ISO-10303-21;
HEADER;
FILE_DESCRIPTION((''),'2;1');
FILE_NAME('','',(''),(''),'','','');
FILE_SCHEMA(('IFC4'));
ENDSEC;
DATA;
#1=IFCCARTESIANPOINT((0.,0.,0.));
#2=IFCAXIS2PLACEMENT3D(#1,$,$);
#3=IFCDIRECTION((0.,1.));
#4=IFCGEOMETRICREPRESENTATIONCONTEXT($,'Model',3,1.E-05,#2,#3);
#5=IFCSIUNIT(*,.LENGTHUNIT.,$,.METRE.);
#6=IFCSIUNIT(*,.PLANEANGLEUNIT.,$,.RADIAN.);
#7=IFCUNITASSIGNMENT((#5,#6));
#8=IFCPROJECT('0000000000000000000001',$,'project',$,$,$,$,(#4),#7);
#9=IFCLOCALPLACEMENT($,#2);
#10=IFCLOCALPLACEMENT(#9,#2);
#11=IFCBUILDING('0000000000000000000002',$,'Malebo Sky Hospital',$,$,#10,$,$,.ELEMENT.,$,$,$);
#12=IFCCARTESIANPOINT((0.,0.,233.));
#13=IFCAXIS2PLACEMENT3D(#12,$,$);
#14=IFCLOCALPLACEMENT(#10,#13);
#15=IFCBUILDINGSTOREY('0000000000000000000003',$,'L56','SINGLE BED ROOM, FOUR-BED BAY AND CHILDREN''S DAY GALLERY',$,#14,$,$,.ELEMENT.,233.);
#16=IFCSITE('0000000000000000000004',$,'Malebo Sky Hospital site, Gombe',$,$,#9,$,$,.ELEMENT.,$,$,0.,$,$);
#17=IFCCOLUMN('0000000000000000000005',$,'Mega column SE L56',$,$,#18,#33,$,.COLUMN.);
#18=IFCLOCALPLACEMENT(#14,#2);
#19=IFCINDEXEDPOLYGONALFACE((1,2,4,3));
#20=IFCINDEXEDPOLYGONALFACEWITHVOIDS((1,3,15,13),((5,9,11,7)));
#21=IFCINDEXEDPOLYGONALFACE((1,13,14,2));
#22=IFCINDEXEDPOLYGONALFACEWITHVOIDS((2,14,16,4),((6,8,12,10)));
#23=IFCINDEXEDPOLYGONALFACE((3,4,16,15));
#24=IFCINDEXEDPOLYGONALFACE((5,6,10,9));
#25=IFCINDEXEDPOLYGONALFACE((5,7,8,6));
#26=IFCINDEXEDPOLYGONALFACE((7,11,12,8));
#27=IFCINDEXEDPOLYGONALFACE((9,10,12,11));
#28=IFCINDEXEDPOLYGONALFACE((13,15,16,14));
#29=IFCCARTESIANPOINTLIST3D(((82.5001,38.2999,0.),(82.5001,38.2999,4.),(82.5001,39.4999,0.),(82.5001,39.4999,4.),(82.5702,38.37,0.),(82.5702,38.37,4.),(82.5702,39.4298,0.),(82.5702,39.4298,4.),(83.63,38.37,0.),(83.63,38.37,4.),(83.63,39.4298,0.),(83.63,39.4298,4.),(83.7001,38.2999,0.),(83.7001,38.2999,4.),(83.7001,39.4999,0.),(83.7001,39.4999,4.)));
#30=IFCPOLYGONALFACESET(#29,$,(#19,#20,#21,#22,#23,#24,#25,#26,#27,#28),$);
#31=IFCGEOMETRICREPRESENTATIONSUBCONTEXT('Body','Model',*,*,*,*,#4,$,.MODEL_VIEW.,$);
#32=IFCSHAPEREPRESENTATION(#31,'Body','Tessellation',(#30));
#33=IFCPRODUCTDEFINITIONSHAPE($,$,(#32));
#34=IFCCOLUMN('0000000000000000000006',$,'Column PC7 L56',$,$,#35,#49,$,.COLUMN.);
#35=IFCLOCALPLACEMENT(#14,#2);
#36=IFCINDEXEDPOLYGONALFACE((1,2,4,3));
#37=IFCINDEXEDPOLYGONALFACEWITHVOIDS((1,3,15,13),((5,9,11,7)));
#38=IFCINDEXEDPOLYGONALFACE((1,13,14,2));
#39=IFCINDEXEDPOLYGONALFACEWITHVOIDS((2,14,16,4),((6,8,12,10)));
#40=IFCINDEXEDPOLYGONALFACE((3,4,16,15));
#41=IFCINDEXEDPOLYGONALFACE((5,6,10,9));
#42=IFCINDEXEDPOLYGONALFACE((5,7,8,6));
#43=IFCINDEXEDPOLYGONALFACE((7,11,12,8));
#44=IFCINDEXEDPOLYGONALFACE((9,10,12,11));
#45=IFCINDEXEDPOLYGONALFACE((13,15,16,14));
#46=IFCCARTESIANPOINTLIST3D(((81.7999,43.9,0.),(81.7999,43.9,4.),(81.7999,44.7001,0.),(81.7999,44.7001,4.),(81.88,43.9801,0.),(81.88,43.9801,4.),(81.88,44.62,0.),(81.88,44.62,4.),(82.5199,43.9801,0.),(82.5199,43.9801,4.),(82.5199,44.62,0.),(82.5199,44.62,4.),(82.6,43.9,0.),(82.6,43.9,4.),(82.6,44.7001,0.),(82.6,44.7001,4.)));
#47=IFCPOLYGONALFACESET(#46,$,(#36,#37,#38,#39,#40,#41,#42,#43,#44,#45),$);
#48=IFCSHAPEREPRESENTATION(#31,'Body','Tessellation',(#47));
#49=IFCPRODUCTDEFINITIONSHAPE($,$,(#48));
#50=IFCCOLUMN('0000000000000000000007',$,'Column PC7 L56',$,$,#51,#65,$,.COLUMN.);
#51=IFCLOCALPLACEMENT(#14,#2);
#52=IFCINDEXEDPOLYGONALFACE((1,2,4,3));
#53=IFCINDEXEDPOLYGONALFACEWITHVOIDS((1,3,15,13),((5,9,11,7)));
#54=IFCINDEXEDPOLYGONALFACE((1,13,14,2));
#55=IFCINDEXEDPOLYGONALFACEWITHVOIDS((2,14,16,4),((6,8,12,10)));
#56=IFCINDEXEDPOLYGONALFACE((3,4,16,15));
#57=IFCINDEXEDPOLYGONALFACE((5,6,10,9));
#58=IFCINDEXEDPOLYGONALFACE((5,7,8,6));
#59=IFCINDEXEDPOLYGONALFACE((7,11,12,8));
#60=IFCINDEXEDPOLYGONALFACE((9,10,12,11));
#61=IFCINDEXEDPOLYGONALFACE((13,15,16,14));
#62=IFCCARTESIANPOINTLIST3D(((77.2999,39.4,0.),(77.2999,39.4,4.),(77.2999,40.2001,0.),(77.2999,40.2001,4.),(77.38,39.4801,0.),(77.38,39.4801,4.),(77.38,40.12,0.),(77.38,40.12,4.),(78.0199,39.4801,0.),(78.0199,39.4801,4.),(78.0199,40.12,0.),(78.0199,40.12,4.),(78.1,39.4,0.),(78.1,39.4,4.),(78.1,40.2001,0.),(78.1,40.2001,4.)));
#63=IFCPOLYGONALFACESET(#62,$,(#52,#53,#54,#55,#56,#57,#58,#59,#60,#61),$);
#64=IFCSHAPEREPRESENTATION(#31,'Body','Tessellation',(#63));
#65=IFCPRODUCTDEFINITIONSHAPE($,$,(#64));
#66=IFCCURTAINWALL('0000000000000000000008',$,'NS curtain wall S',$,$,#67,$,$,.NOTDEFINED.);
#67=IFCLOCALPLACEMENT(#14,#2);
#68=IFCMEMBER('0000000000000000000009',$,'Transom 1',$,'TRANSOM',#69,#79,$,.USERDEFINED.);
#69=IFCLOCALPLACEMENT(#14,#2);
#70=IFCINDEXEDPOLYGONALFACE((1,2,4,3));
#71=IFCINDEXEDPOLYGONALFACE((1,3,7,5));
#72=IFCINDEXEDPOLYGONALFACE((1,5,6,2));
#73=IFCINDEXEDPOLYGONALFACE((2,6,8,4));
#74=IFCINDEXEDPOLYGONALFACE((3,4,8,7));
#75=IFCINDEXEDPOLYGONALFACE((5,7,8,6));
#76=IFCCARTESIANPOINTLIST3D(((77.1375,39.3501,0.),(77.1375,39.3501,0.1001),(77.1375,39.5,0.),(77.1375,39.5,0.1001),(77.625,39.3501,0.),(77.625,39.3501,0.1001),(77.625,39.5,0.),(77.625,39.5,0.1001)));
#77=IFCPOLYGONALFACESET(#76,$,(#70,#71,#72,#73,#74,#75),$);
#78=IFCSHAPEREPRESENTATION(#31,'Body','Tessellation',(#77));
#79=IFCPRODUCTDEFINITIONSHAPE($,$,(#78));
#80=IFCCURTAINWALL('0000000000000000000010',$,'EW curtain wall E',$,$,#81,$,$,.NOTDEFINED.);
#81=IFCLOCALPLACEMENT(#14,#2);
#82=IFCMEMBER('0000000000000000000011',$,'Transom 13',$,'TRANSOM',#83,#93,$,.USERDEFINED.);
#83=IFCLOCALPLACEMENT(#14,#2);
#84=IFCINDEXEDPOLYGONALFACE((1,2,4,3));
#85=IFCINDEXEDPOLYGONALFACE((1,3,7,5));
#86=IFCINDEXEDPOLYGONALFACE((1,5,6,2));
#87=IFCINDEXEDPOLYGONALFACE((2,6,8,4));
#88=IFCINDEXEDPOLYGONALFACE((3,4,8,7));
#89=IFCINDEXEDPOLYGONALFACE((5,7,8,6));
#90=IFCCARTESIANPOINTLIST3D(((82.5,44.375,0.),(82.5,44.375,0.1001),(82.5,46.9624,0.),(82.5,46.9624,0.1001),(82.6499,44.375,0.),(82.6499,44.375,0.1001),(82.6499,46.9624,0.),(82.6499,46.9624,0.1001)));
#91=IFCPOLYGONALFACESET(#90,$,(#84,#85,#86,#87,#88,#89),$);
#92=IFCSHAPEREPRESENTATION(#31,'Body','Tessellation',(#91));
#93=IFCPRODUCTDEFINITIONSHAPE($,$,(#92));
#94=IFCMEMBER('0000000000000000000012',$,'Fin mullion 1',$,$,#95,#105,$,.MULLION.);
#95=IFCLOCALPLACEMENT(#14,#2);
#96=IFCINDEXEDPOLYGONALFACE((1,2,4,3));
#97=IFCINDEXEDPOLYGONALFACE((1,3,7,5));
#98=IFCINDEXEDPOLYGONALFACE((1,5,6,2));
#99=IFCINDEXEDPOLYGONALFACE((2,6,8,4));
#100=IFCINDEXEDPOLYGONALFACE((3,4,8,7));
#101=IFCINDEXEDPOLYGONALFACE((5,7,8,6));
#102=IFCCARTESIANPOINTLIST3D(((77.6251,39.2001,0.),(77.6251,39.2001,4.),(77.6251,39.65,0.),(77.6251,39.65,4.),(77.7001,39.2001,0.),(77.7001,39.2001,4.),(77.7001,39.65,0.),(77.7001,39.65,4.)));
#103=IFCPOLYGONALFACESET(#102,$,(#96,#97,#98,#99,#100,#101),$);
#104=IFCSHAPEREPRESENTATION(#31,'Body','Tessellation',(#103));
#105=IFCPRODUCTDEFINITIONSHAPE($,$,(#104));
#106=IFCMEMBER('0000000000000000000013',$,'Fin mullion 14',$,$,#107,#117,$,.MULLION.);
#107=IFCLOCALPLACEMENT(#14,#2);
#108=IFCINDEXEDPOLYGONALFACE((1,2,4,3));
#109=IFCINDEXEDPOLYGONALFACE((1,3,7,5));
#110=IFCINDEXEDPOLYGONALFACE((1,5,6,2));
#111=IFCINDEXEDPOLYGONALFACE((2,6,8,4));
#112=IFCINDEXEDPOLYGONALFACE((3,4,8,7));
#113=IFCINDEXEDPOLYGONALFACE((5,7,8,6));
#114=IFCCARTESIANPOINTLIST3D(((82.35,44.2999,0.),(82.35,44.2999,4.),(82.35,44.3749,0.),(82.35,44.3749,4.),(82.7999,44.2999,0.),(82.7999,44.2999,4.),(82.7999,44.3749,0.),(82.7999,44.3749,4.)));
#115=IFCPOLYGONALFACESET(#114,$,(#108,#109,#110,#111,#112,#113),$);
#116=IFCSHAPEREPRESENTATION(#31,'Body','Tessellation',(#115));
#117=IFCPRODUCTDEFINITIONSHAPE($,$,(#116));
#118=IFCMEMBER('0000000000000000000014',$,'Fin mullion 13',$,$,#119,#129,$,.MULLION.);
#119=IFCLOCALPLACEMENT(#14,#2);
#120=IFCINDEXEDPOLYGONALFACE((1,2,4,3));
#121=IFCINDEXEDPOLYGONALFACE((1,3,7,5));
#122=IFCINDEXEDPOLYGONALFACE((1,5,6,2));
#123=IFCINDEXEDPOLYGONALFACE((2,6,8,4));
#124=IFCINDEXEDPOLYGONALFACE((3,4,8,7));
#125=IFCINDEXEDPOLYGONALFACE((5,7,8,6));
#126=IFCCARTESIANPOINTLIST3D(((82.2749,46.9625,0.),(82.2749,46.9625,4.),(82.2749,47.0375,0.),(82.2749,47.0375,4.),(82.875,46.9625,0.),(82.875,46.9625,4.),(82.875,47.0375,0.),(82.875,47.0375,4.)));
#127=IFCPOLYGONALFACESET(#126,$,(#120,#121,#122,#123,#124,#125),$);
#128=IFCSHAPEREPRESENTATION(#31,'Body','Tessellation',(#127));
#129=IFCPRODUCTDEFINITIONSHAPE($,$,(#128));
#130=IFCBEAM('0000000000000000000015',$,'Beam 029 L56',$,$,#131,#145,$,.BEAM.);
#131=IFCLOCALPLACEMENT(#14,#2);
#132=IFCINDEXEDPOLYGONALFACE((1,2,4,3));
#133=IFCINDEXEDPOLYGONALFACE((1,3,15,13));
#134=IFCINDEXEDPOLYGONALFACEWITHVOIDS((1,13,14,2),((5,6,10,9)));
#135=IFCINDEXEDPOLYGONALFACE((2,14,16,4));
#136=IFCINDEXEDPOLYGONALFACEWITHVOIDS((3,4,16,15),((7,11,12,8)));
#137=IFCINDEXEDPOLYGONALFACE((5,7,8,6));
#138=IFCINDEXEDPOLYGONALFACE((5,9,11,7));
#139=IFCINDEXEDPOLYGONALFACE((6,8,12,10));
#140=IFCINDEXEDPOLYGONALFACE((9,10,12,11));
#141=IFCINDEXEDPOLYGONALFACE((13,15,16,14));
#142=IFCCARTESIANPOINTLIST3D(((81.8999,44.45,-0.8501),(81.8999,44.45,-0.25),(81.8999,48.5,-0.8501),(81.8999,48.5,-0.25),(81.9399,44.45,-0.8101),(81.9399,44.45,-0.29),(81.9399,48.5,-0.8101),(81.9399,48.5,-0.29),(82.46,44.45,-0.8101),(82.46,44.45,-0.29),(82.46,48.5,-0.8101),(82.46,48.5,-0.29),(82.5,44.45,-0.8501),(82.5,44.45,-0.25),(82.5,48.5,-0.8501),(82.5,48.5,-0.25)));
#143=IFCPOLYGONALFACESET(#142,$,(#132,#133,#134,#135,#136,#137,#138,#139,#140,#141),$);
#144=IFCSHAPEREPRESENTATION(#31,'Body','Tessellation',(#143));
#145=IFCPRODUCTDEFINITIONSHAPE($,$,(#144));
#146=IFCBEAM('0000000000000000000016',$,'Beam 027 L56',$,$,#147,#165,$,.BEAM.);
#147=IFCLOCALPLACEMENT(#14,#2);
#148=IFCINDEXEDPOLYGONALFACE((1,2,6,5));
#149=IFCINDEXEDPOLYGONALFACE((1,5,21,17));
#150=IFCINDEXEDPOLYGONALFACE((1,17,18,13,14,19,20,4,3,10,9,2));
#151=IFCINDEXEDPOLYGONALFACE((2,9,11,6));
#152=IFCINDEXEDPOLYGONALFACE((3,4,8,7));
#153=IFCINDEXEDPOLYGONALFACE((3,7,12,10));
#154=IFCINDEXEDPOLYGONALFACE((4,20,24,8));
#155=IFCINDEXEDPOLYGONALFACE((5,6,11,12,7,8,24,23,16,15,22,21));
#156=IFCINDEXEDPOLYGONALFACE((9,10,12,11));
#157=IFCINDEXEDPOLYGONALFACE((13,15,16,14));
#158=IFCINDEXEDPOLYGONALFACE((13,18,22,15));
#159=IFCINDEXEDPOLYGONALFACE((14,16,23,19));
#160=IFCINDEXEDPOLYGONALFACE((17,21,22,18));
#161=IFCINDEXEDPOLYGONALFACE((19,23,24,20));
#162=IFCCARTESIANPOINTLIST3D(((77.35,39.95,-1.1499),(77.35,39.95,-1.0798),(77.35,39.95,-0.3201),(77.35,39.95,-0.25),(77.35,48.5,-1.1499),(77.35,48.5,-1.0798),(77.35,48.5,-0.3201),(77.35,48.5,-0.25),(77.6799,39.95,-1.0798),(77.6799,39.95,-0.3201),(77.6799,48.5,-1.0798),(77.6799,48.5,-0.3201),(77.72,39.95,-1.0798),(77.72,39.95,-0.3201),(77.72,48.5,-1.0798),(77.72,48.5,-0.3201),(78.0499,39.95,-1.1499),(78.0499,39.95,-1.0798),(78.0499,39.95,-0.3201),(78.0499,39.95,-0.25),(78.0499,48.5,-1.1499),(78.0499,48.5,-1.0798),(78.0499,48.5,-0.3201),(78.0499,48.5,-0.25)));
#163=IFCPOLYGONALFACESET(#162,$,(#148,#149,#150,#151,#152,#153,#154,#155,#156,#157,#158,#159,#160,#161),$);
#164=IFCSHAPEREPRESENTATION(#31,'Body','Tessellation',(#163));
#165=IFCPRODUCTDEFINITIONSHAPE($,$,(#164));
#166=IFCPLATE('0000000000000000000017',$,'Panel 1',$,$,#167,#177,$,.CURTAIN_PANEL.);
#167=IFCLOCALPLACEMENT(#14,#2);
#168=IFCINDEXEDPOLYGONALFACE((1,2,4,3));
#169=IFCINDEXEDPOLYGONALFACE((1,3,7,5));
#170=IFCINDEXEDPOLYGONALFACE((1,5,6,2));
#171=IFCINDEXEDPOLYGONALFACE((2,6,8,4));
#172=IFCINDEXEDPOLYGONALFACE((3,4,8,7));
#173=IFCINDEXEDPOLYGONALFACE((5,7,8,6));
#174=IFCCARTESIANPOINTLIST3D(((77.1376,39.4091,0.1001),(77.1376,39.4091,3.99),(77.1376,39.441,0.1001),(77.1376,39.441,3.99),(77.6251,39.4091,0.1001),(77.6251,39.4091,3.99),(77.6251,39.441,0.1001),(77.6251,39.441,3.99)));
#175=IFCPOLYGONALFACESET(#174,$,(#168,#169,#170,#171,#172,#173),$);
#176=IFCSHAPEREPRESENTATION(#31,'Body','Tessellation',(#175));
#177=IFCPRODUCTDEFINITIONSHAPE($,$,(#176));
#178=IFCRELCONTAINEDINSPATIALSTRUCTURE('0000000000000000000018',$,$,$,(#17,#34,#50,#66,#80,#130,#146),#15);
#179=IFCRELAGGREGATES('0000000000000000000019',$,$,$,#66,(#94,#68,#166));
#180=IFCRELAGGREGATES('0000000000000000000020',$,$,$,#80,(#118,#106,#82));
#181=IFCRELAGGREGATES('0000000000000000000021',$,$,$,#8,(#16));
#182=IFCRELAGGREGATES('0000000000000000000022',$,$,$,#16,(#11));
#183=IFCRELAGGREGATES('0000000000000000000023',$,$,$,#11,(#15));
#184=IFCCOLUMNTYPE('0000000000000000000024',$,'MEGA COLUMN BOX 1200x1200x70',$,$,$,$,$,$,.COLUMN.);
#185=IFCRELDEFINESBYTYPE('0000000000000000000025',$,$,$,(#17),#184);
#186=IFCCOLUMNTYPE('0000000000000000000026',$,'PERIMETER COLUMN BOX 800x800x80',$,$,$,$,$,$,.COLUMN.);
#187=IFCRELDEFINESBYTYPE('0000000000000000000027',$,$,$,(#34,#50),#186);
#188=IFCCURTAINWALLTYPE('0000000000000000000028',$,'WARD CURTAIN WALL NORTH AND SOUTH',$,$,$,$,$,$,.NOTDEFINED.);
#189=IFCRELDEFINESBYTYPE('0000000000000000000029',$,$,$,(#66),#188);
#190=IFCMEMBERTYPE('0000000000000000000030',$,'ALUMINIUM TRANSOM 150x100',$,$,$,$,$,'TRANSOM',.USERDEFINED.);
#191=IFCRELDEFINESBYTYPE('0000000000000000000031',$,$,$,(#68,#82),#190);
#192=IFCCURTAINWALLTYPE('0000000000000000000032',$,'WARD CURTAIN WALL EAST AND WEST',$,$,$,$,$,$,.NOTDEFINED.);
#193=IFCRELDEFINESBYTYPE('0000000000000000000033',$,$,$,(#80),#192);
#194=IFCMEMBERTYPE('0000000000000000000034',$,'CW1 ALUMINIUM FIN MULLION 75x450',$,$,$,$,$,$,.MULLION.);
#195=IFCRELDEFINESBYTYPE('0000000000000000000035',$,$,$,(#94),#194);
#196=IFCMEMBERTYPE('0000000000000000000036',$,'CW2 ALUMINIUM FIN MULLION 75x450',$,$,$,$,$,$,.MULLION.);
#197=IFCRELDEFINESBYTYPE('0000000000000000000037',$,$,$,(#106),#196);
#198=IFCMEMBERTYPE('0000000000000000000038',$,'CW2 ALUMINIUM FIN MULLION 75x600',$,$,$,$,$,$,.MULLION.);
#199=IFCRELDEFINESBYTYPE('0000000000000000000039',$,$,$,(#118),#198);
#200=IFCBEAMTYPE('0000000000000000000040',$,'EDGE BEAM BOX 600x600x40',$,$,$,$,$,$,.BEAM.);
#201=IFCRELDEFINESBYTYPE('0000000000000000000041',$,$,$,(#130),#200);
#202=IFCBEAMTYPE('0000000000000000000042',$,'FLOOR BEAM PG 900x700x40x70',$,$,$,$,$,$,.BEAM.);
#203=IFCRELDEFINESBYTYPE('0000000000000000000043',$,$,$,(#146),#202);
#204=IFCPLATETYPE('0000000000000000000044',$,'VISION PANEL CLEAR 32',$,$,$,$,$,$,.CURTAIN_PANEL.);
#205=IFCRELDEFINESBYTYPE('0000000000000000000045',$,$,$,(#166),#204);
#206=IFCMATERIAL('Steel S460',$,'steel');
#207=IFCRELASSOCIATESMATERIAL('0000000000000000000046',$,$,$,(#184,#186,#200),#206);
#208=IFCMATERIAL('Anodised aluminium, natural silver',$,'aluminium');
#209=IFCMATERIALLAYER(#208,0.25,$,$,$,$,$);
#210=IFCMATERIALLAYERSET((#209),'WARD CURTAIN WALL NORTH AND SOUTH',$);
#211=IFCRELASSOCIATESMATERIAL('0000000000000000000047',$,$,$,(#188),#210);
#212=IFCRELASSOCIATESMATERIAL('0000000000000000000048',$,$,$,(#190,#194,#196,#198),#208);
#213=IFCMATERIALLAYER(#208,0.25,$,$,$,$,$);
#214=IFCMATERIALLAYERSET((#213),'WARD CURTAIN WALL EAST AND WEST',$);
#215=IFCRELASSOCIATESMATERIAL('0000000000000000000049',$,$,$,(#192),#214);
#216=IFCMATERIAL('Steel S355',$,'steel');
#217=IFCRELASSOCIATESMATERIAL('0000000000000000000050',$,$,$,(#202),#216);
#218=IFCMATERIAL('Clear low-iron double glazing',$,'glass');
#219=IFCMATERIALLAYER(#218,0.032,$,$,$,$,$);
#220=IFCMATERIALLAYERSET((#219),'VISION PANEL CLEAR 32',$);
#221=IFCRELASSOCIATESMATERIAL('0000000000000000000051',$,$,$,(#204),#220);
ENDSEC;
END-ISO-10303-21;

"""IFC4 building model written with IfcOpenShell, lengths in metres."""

from ifc_helpers import new_model, si_unit, direction, frame, origin, origin_2d, place, context, subcontext, project, spatial, rectangle, hollow_rectangle, i_section, extrude, material, layer, layer_set, material_profile, profile_set, type_object, element, aggregate, save


model = new_model("IFC4")

# Units and contexts
model_context = context("Model", 3, precision=1e-05, world=origin(), true_north=direction((0.0, 1.0)))
body_context = subcontext(model_context, "Body", "Model", "MODEL_VIEW")
ifc_project = project(units=[si_unit("LENGTHUNIT", "METRE"), si_unit("PLANEANGLEUNIT", "RADIAN")], contexts=[model_context])

# Site, building, storey
site_placement = place(None, origin())
site = spatial("IfcSite", under=ifc_project, at=site_placement, Name="Malebo Sky Hospital site, Gombe", CompositionType="ELEMENT", RefElevation=0.0)
building_placement = place(site_placement, origin())
building = spatial("IfcBuilding", under=site, at=building_placement, Name="Malebo Sky Hospital", CompositionType="ELEMENT")
storey_placement = place(building_placement, frame((0.0, 0.0, 233.0)))
storey = spatial("IfcBuildingStorey", under=building, at=storey_placement, Name="L56", Description="SINGLE BED ROOM, FOUR-BED BAY AND CHILDREN'S DAY GALLERY", CompositionType="ELEMENT", Elevation=233.0)

# Columns
ifc_material_1 = material(Name="Steel S460", Category="steel")
ifc_material_profile_1 = material_profile(ifc_material_1, hollow_rectangle(XDim=1.2, YDim=1.2, WallThickness=0.0701, at=origin_2d()), Name="BOX 1200x1200x70")
ifc_profile_set_1 = profile_set([ifc_material_profile_1], Name="Steel S460")
column_type_1 = type_object("IfcColumnType", Name="MEGA COLUMN BOX 1200x1200x70", PredefinedType="COLUMN", material=ifc_profile_set_1)
column_placement = place(storey_placement, frame((83.1001, 38.8999, 0.0), z_axis=(0.0, 0.0, 1.0), x_axis=(1.0, 0.0, 0.0)))
element("IfcColumn", 1, at=column_placement, inside=storey, type_object=column_type_1, Name="Mega column SE L56", PredefinedType="COLUMN", context=body_context, shape_type="SweptSolid", body=[
    extrude(hollow_rectangle(XDim=1.2, YDim=1.2, WallThickness=0.0701, at=origin_2d()), origin(), (0.0, 0.0, 1.0), 4.0),
])
ifc_material_profile_2 = material_profile(ifc_material_1, hollow_rectangle(XDim=0.8, YDim=0.8, WallThickness=0.0801, at=origin_2d()), Name="BOX 800x800x80")
ifc_profile_set_2 = profile_set([ifc_material_profile_2], Name="Steel S460")
column_type_2 = type_object("IfcColumnType", Name="PERIMETER COLUMN BOX 800x800x80", PredefinedType="COLUMN", material=ifc_profile_set_2)
for number, where, z_axis, x_axis, name in (
    (2, (82.2, 44.3, 0.0), (0.0, 0.0, 1.0), (1.0, 0.0, 0.0), "Column PC7 L56"),
    (3, (77.7, 39.8, 0.0), (0.0, 0.0, 1.0), (1.0, 0.0, 0.0), "Column PC7 L56"),
):
    element("IfcColumn", number, at=place(storey_placement, frame(where, z_axis=z_axis, x_axis=x_axis)), inside=storey, type_object=column_type_2, Name=name, PredefinedType="COLUMN", context=body_context, shape_type="SweptSolid", body=[
        extrude(hollow_rectangle(XDim=0.8, YDim=0.8, WallThickness=0.0801, at=origin_2d()), origin(), (0.0, 0.0, 1.0), 4.0),
    ])

# Curtain walls, members
ifc_material_2 = material(Name="Anodised aluminium, natural silver", Category="aluminium")
ifc_layer_1 = layer(ifc_material_2, 0.25)
ifc_layer_set_1 = layer_set([ifc_layer_1], Name="WARD CURTAIN WALL NORTH AND SOUTH")
curtain_wall_type_1 = type_object("IfcCurtainWallType", Name="WARD CURTAIN WALL NORTH AND SOUTH", PredefinedType="NOTDEFINED", material=ifc_layer_set_1)
curtain_wall_1_placement = place(storey_placement, origin())
curtain_wall_1 = element("IfcCurtainWall", 4, at=curtain_wall_1_placement, inside=storey, type_object=curtain_wall_type_1, Name="NS curtain wall S", PredefinedType="NOTDEFINED")
ifc_material_profile_3 = material_profile(ifc_material_2, rectangle(XDim=0.1499, YDim=0.1001, at=origin_2d()), Name="ALUMINIUM TRANSOM 150x100")
ifc_profile_set_3 = profile_set([ifc_material_profile_3], Name="Anodised aluminium, natural silver")
member_type_1 = type_object("IfcMemberType", Name="ALUMINIUM TRANSOM 150x100", ElementType="TRANSOM", PredefinedType="USERDEFINED", material=ifc_profile_set_3)
member_1_placement = place(storey_placement, frame((77.625, 39.425, 0.05), z_axis=(-1.0, 0.0, 0.0), x_axis=(0.0, -1.0, 0.0)))
member_1 = element("IfcMember", 5, at=member_1_placement, type_object=member_type_1, Name="Transom 1", ObjectType="TRANSOM", PredefinedType="USERDEFINED", context=body_context, shape_type="SweptSolid", body=[
    extrude(rectangle(XDim=0.1499, YDim=0.1001, at=origin_2d()), origin(), (0.0, 0.0, 1.0), 0.4875),
])
ifc_layer_2 = layer(ifc_material_2, 0.25)
ifc_layer_set_2 = layer_set([ifc_layer_2], Name="WARD CURTAIN WALL EAST AND WEST")
curtain_wall_type_2 = type_object("IfcCurtainWallType", Name="WARD CURTAIN WALL EAST AND WEST", PredefinedType="NOTDEFINED", material=ifc_layer_set_2)
curtain_wall_2_placement = place(storey_placement, origin())
curtain_wall_2 = element("IfcCurtainWall", 6, at=curtain_wall_2_placement, inside=storey, type_object=curtain_wall_type_2, Name="EW curtain wall E", PredefinedType="NOTDEFINED")
member_2_placement = place(storey_placement, frame((82.575, 46.9624, 0.05), z_axis=(0.0, -1.0, 0.0), x_axis=(1.0, 0.0, 0.0)))
member_2 = element("IfcMember", 7, at=member_2_placement, type_object=member_type_1, Name="Transom 13", ObjectType="TRANSOM", PredefinedType="USERDEFINED", context=body_context, shape_type="SweptSolid", body=[
    extrude(rectangle(XDim=0.1499, YDim=0.1001, at=origin_2d()), origin(), (0.0, 0.0, 1.0), 2.5874),
])

# Members
ifc_material_profile_4 = material_profile(ifc_material_2, rectangle(XDim=0.075, YDim=0.45, at=origin_2d()), Name="CW1 ALUMINIUM FIN MULLION 75x450")
ifc_profile_set_4 = profile_set([ifc_material_profile_4], Name="Anodised aluminium, natural silver")
member_type_2 = type_object("IfcMemberType", Name="CW1 ALUMINIUM FIN MULLION 75x450", PredefinedType="MULLION", material=ifc_profile_set_4)
member_3_placement = place(storey_placement, frame((77.6626, 39.425, 0.0), z_axis=(0.0, 0.0, 1.0), x_axis=(-1.0, 0.0, 0.0)))
member_3 = element("IfcMember", 8, at=member_3_placement, type_object=member_type_2, Name="Fin mullion 1", PredefinedType="MULLION", context=body_context, shape_type="SweptSolid", body=[
    extrude(rectangle(XDim=0.075, YDim=0.45, at=origin_2d()), origin(), (0.0, 0.0, 1.0), 4.0),
])
ifc_material_profile_5 = material_profile(ifc_material_2, rectangle(XDim=0.075, YDim=0.45, at=origin_2d()), Name="CW2 ALUMINIUM FIN MULLION 75x450")
ifc_profile_set_5 = profile_set([ifc_material_profile_5], Name="Anodised aluminium, natural silver")
member_type_3 = type_object("IfcMemberType", Name="CW2 ALUMINIUM FIN MULLION 75x450", PredefinedType="MULLION", material=ifc_profile_set_5)
member_4_placement = place(storey_placement, frame((82.575, 44.3374, 0.0), z_axis=(0.0, 0.0, 1.0), x_axis=(0.0, -1.0, 0.0)))
member_4 = element("IfcMember", 9, at=member_4_placement, type_object=member_type_3, Name="Fin mullion 14", PredefinedType="MULLION", context=body_context, shape_type="SweptSolid", body=[
    extrude(rectangle(XDim=0.075, YDim=0.45, at=origin_2d()), origin(), (0.0, 0.0, 1.0), 4.0),
])
ifc_material_profile_6 = material_profile(ifc_material_2, rectangle(XDim=0.075, YDim=0.6001, at=origin_2d()), Name="CW2 ALUMINIUM FIN MULLION 75x600")
ifc_profile_set_6 = profile_set([ifc_material_profile_6], Name="Anodised aluminium, natural silver")
member_type_4 = type_object("IfcMemberType", Name="CW2 ALUMINIUM FIN MULLION 75x600", PredefinedType="MULLION", material=ifc_profile_set_6)
member_5_placement = place(storey_placement, frame((82.575, 47.0, 0.0), z_axis=(0.0, 0.0, 1.0), x_axis=(0.0, -1.0, 0.0)))
member_5 = element("IfcMember", 10, at=member_5_placement, type_object=member_type_4, Name="Fin mullion 13", PredefinedType="MULLION", context=body_context, shape_type="SweptSolid", body=[
    extrude(rectangle(XDim=0.075, YDim=0.6001, at=origin_2d()), origin(), (0.0, 0.0, 1.0), 4.0),
])

# Beams
ifc_material_profile_7 = material_profile(ifc_material_1, hollow_rectangle(XDim=0.6001, YDim=0.6001, WallThickness=0.04, at=origin_2d()), Name="BOX 600x600x40")
ifc_profile_set_7 = profile_set([ifc_material_profile_7], Name="Steel S460")
beam_type_1 = type_object("IfcBeamType", Name="EDGE BEAM BOX 600x600x40", PredefinedType="BEAM", material=ifc_profile_set_7)
beam_1_placement = place(storey_placement, frame((82.2, 44.45, -0.55), z_axis=(0.0, 1.0, 0.0), x_axis=(-1.0, 0.0, 0.0)))
element("IfcBeam", 11, at=beam_1_placement, inside=storey, type_object=beam_type_1, Name="Beam 029 L56", PredefinedType="BEAM", context=body_context, shape_type="SweptSolid", body=[
    extrude(hollow_rectangle(XDim=0.6001, YDim=0.6001, WallThickness=0.04, at=origin_2d()), origin(), (0.0, 0.0, 1.0), 4.05),
])
ifc_material_3 = material(Name="Steel S355", Category="steel")
ifc_material_profile_8 = material_profile(ifc_material_3, i_section(OverallWidth=0.7, OverallDepth=0.8999, WebThickness=0.04, FlangeThickness=0.0701, at=origin_2d()), Name="PG 900x700x40x70")
ifc_profile_set_8 = profile_set([ifc_material_profile_8], Name="Steel S355")
beam_type_2 = type_object("IfcBeamType", Name="FLOOR BEAM PG 900x700x40x70", PredefinedType="BEAM", material=ifc_profile_set_8)
beam_2_placement = place(storey_placement, frame((77.7, 39.95, -0.7), z_axis=(0.0, 1.0, 0.0), x_axis=(-1.0, 0.0, 0.0)))
element("IfcBeam", 12, at=beam_2_placement, inside=storey, type_object=beam_type_2, Name="Beam 027 L56", PredefinedType="BEAM", context=body_context, shape_type="SweptSolid", body=[
    extrude(i_section(OverallWidth=0.7, OverallDepth=0.8999, WebThickness=0.04, FlangeThickness=0.0701, at=origin_2d()), origin(), (0.0, 0.0, 1.0), 8.55),
])

# Plate
ifc_material_4 = material(Name="Clear low-iron double glazing", Category="glass")
ifc_layer_3 = layer(ifc_material_4, 0.032)
ifc_layer_set_3 = layer_set([ifc_layer_3], Name="VISION PANEL CLEAR 32")
plate_type = type_object("IfcPlateType", Name="VISION PANEL CLEAR 32", PredefinedType="CURTAIN_PANEL", material=ifc_layer_set_3)
plate_1_placement = place(storey_placement, frame((77.3813, 39.425, 0.1001), z_axis=(0.0, 0.0, 1.0), x_axis=(-1.0, 0.0, 0.0)))
plate_1 = element("IfcPlate", 13, at=plate_1_placement, type_object=plate_type, Name="Panel 1", PredefinedType="CURTAIN_PANEL", context=body_context, shape_type="SweptSolid", body=[
    extrude(rectangle(XDim=0.4875, YDim=0.032, at=origin_2d()), origin(), (0.0, 0.0, 1.0), 3.8899),
])
aggregate(curtain_wall_1, [member_3, member_1, plate_1])
aggregate(curtain_wall_2, [member_5, member_4, member_2])

save(model, "model.ifc")
